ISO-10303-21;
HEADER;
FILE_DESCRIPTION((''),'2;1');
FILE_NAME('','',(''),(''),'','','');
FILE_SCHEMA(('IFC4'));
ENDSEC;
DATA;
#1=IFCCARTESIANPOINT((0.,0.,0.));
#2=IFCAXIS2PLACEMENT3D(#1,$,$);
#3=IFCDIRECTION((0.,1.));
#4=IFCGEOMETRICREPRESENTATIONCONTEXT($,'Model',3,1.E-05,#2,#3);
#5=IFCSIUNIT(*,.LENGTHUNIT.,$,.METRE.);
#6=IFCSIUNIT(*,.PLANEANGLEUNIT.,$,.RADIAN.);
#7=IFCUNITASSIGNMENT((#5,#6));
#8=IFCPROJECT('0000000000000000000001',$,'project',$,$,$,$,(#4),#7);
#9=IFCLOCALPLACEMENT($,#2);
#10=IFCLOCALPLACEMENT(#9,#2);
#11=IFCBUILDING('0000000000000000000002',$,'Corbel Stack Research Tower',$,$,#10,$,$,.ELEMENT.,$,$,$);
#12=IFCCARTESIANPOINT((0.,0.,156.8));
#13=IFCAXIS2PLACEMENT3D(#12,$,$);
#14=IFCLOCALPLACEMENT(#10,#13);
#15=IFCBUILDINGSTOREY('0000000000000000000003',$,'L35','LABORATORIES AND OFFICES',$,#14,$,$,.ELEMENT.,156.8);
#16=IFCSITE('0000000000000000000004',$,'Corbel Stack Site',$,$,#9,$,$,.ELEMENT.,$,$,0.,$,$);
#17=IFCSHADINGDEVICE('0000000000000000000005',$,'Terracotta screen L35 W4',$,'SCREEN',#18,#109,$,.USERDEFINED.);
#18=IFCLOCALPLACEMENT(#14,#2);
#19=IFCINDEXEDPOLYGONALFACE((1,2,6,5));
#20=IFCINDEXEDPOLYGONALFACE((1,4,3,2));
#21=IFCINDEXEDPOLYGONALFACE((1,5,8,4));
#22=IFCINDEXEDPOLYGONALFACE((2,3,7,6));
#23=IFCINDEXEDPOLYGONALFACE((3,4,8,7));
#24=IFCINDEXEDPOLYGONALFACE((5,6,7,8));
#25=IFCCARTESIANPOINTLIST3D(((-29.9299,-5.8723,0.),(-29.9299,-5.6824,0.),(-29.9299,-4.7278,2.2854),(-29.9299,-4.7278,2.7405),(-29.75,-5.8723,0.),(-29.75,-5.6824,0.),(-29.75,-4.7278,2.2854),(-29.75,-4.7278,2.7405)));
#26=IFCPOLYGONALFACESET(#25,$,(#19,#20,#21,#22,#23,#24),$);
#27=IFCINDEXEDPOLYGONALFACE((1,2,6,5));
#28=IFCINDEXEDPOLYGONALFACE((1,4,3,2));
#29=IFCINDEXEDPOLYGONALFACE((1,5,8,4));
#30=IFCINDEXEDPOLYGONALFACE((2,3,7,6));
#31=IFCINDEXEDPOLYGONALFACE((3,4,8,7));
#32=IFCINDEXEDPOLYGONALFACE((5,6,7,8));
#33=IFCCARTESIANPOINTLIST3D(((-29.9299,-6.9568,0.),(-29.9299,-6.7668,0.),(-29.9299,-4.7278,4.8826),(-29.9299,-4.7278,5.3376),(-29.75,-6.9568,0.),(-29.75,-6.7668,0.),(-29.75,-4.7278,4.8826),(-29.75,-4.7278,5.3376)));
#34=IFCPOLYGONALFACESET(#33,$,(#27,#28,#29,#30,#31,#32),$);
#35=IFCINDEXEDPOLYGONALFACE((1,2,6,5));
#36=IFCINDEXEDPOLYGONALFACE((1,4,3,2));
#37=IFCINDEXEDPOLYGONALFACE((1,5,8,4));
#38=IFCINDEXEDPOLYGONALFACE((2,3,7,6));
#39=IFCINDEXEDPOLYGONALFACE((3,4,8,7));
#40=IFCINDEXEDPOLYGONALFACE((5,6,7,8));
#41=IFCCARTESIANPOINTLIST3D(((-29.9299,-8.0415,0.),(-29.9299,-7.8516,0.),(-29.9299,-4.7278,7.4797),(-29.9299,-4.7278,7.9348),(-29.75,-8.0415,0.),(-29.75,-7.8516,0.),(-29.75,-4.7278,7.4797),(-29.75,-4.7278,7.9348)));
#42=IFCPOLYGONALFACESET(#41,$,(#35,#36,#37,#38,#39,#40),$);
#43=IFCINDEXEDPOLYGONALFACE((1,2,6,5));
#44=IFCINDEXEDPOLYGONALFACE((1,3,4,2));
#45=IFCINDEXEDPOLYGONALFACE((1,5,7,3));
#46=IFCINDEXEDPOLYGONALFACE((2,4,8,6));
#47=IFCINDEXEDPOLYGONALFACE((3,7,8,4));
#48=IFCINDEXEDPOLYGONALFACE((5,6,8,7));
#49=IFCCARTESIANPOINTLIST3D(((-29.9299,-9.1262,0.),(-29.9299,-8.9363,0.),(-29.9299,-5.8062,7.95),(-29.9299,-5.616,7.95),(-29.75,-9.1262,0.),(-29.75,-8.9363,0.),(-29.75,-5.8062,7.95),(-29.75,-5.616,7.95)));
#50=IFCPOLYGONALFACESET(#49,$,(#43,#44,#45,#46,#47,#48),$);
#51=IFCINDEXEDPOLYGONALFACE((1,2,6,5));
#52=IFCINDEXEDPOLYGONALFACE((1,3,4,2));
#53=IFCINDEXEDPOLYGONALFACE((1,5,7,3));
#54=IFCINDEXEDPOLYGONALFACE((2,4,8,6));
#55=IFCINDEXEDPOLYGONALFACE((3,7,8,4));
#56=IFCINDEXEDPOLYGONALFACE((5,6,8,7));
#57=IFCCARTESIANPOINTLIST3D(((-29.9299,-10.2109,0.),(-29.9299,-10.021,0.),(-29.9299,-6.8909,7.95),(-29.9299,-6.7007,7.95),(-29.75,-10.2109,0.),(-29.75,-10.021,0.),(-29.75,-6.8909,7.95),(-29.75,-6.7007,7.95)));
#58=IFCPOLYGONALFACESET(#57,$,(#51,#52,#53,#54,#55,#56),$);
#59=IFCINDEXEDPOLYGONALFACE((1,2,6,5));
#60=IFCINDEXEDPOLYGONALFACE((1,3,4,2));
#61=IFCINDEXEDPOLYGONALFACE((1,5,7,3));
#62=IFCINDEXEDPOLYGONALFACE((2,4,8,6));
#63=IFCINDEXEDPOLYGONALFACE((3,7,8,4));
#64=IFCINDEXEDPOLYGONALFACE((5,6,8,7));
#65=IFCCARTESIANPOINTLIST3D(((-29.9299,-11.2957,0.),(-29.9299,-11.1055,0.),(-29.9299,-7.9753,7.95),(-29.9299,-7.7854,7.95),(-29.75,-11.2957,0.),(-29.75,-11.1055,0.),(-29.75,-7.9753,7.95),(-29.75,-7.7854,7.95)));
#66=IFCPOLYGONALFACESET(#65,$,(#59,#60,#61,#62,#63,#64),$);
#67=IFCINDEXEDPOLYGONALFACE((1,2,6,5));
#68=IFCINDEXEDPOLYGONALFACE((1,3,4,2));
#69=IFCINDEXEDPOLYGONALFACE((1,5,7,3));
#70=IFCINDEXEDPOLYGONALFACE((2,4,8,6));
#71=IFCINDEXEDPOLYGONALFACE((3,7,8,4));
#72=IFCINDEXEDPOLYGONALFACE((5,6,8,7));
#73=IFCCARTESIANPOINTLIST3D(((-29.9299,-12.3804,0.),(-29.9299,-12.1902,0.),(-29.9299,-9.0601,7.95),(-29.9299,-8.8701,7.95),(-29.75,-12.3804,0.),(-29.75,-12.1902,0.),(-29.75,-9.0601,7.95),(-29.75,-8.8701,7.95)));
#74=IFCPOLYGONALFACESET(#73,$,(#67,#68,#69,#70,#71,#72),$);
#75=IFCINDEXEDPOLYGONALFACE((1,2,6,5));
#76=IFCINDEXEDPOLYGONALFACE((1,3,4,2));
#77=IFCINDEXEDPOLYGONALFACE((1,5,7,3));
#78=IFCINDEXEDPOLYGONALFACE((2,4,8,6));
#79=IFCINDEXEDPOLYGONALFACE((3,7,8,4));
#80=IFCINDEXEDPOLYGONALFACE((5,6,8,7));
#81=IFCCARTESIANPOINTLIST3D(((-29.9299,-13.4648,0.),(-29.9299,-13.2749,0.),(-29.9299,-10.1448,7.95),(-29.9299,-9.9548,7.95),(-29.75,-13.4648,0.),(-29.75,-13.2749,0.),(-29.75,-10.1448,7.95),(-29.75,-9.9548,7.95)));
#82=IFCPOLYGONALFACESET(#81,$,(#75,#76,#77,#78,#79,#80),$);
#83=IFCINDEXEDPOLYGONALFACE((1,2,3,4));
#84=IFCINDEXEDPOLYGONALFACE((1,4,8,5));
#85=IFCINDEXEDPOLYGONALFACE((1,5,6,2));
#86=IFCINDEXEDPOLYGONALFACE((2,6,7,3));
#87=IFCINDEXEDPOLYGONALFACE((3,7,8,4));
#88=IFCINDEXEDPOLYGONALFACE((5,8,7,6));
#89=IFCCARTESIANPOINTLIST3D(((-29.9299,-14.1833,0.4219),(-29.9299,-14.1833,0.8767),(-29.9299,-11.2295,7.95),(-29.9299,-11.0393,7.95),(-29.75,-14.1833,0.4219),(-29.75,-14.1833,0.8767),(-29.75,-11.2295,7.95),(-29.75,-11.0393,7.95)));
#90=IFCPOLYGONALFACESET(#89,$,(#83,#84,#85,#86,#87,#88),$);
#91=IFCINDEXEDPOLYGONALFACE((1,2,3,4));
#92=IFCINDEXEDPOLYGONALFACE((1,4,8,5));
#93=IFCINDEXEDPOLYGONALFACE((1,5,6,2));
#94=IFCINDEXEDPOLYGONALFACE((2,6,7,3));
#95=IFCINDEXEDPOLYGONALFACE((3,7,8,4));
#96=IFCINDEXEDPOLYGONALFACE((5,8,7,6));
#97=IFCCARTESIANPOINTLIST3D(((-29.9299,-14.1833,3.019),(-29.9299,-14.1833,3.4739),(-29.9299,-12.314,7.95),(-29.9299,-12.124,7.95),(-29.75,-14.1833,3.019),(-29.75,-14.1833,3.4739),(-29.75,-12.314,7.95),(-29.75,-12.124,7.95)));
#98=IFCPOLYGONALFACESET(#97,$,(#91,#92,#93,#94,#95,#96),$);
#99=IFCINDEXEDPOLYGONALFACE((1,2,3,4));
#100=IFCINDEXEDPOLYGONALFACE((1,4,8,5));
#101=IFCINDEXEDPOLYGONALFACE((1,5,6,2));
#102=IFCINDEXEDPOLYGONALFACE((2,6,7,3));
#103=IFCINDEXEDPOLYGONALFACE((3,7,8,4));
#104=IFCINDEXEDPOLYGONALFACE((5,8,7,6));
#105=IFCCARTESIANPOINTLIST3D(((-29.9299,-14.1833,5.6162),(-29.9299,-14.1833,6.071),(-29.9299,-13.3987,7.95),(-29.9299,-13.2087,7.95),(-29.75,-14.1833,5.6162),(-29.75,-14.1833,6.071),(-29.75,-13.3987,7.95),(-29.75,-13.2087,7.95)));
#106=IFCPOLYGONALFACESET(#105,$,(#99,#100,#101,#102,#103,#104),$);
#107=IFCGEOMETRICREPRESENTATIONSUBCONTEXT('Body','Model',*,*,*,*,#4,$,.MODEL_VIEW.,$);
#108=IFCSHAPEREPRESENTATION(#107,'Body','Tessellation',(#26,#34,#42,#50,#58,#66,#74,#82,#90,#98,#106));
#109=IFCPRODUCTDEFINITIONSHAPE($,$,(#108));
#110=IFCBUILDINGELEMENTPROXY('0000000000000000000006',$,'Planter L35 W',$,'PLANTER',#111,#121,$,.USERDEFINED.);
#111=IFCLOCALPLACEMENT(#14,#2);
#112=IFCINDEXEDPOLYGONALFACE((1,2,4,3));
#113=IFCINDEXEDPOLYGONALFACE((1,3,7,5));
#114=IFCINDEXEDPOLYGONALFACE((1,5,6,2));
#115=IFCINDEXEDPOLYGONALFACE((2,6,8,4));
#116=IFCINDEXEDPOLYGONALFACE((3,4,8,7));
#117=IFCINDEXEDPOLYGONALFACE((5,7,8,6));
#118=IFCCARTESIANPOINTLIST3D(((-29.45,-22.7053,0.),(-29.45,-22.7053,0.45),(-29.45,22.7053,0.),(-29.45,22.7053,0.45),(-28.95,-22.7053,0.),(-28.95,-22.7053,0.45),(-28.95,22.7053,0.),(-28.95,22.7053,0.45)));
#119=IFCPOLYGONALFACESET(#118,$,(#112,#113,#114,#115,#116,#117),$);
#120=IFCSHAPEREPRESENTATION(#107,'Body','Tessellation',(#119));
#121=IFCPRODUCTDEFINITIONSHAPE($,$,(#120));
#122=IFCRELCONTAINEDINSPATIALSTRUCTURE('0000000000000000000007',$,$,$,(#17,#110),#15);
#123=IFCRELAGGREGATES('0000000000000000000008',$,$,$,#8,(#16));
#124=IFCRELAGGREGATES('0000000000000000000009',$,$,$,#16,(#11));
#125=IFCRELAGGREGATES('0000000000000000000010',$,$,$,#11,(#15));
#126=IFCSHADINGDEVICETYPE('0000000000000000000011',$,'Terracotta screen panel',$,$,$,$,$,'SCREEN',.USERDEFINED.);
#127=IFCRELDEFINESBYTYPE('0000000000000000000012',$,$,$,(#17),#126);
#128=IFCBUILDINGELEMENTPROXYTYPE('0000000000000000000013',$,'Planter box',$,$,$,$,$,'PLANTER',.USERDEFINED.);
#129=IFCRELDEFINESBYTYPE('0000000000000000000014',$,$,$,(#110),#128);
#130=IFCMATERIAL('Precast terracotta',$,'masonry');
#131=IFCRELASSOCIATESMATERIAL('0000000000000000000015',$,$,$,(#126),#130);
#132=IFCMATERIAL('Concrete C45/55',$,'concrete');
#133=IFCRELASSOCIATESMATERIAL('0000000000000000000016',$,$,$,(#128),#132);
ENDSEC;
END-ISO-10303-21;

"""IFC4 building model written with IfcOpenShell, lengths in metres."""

from ifc_helpers import new_model, si_unit, direction, frame, origin, origin_2d, place, context, subcontext, project, spatial, polyline, rectangle, outline, extrude, source, transform, mapped, material, type_object, element, save


model = new_model("IFC4")

# Units and contexts
model_context = context("Model", 3, precision=1e-05, world=origin(), true_north=direction((0.0, 1.0)))
body_context = subcontext(model_context, "Body", "Model", "MODEL_VIEW")
ifc_project = project(units=[si_unit("LENGTHUNIT", "METRE"), si_unit("PLANEANGLEUNIT", "RADIAN")], contexts=[model_context])

# Site, building, storey
site_placement = place(None, origin())
site = spatial("IfcSite", under=ifc_project, at=site_placement, Name="Corbel Stack Site", CompositionType="ELEMENT", RefElevation=0.0)
building_placement = place(site_placement, origin())
building = spatial("IfcBuilding", under=site, at=building_placement, Name="Corbel Stack Research Tower", CompositionType="ELEMENT")
storey_placement = place(building_placement, frame((0.0, 0.0, 156.8)))
storey = spatial("IfcBuildingStorey", under=building, at=storey_placement, Name="L35", Description="LABORATORIES AND OFFICES", CompositionType="ELEMENT", Elevation=156.8)

# Shading device
ifc_material_1 = material(Name="Precast terracotta", Category="masonry")
shading_device_type = type_object("IfcShadingDeviceType", Name="Terracotta screen panel", ElementType="SCREEN", PredefinedType="USERDEFINED", material=ifc_material_1)
shared_shape_1 = source(origin(), body_context, "Body", "SweptSolid", [
    extrude(outline(polyline([(1.1445, 0.0), (0.0, 2.7405), (0.0, 2.2854), (0.9546, 0.0), (1.1445, 0.0)])), frame((0.0, 0.0, 0.0), z_axis=(0.0, -1.0, 0.0), x_axis=(1.0, 0.0, 0.0)), (0.0, 0.0, 1.0), 0.1799),
    extrude(outline(polyline([(2.229, 0.0), (0.0, 5.3376), (0.0, 4.8826), (2.0391, 0.0), (2.229, 0.0)])), frame((0.0, 0.0, 0.0), z_axis=(0.0, -1.0, 0.0), x_axis=(1.0, 0.0, 0.0)), (0.0, 0.0, 1.0), 0.1799),
    extrude(outline(polyline([(3.3137, 0.0), (0.0, 7.9348), (0.0, 7.4797), (3.1238, 0.0), (3.3137, 0.0)])), frame((0.0, 0.0, 0.0), z_axis=(0.0, -1.0, 0.0), x_axis=(1.0, 0.0, 0.0)), (0.0, 0.0, 1.0), 0.1799),
    extrude(outline(polyline([(4.3984, 0.0), (1.0784, 7.95), (0.8882, 7.95), (4.2085, 0.0), (4.3984, 0.0)])), frame((0.0, 0.0, 0.0), z_axis=(0.0, -1.0, 0.0), x_axis=(1.0, 0.0, 0.0)), (0.0, 0.0, 1.0), 0.1799),
    extrude(outline(polyline([(5.4832, 0.0), (2.1631, 7.95), (1.9729, 7.95), (5.2932, 0.0), (5.4832, 0.0)])), frame((0.0, 0.0, 0.0), z_axis=(0.0, -1.0, 0.0), x_axis=(1.0, 0.0, 0.0)), (0.0, 0.0, 1.0), 0.1799),
    extrude(outline(polyline([(6.5679, 0.0), (3.2476, 7.95), (3.0576, 7.95), (6.3777, 0.0), (6.5679, 0.0)])), frame((0.0, 0.0, 0.0), z_axis=(0.0, -1.0, 0.0), x_axis=(1.0, 0.0, 0.0)), (0.0, 0.0, 1.0), 0.1799),
    extrude(outline(polyline([(7.6526, 0.0), (4.3323, 7.95), (4.1423, 7.95), (7.4624, 0.0), (7.6526, 0.0)])), frame((0.0, 0.0, 0.0), z_axis=(0.0, -1.0, 0.0), x_axis=(1.0, 0.0, 0.0)), (0.0, 0.0, 1.0), 0.1799),
    extrude(outline(polyline([(8.7371, 0.0), (5.417, 7.95), (5.2271, 7.95), (8.5471, 0.0), (8.7371, 0.0)])), frame((0.0, 0.0, 0.0), z_axis=(0.0, -1.0, 0.0), x_axis=(1.0, 0.0, 0.0)), (0.0, 0.0, 1.0), 0.1799),
    extrude(outline(polyline([(6.5017, 7.95), (6.3115, 7.95), (9.4556, 0.4219), (9.4556, 0.8767), (6.5017, 7.95)])), frame((0.0, 0.0, 0.0), z_axis=(0.0, -1.0, 0.0), x_axis=(1.0, 0.0, 0.0)), (0.0, 0.0, 1.0), 0.1799),
    extrude(outline(polyline([(7.5862, 7.95), (7.3962, 7.95), (9.4556, 3.019), (9.4556, 3.4739), (7.5862, 7.95)])), frame((0.0, 0.0, 0.0), z_axis=(0.0, -1.0, 0.0), x_axis=(1.0, 0.0, 0.0)), (0.0, 0.0, 1.0), 0.1799),
    extrude(outline(polyline([(8.6709, 7.95), (8.481, 7.95), (9.4556, 5.6162), (9.4556, 6.071), (8.6709, 7.95)])), frame((0.0, 0.0, 0.0), z_axis=(0.0, -1.0, 0.0), x_axis=(1.0, 0.0, 0.0)), (0.0, 0.0, 1.0), 0.1799),
])
shading_device_1_placement = place(storey_placement, frame((-29.75, -4.7278, 0.0), z_axis=(0.0, 0.0, 1.0), x_axis=(0.0, -1.0, 0.0)))
element("IfcShadingDevice", 1, at=shading_device_1_placement, inside=storey, type_object=shading_device_type, Name="Terracotta screen L35 W4", ObjectType="SCREEN", PredefinedType="USERDEFINED", context=body_context, shape_type="MappedRepresentation", body=[
    mapped(shared_shape_1, transform((0.0, 0.0, 0.0))),
])

# Building element proxy
ifc_material_2 = material(Name="Concrete C45/55", Category="concrete")
building_element_proxy_type = type_object("IfcBuildingElementProxyType", Name="Planter box", ElementType="PLANTER", PredefinedType="USERDEFINED", material=ifc_material_2)
proxy_placement = place(storey_placement, frame((-29.2, 0.0, 0.0), z_axis=(0.0, 0.0, 1.0), x_axis=(0.0, -1.0, 0.0)))
element("IfcBuildingElementProxy", 2, at=proxy_placement, inside=storey, type_object=building_element_proxy_type, Name="Planter L35 W", ObjectType="PLANTER", PredefinedType="USERDEFINED", context=body_context, shape_type="SweptSolid", body=[
    extrude(rectangle(XDim=45.4106, YDim=0.5, at=origin_2d()), origin(), (0.0, 0.0, 1.0), 0.45),
])

save(model, "model.ifc")
